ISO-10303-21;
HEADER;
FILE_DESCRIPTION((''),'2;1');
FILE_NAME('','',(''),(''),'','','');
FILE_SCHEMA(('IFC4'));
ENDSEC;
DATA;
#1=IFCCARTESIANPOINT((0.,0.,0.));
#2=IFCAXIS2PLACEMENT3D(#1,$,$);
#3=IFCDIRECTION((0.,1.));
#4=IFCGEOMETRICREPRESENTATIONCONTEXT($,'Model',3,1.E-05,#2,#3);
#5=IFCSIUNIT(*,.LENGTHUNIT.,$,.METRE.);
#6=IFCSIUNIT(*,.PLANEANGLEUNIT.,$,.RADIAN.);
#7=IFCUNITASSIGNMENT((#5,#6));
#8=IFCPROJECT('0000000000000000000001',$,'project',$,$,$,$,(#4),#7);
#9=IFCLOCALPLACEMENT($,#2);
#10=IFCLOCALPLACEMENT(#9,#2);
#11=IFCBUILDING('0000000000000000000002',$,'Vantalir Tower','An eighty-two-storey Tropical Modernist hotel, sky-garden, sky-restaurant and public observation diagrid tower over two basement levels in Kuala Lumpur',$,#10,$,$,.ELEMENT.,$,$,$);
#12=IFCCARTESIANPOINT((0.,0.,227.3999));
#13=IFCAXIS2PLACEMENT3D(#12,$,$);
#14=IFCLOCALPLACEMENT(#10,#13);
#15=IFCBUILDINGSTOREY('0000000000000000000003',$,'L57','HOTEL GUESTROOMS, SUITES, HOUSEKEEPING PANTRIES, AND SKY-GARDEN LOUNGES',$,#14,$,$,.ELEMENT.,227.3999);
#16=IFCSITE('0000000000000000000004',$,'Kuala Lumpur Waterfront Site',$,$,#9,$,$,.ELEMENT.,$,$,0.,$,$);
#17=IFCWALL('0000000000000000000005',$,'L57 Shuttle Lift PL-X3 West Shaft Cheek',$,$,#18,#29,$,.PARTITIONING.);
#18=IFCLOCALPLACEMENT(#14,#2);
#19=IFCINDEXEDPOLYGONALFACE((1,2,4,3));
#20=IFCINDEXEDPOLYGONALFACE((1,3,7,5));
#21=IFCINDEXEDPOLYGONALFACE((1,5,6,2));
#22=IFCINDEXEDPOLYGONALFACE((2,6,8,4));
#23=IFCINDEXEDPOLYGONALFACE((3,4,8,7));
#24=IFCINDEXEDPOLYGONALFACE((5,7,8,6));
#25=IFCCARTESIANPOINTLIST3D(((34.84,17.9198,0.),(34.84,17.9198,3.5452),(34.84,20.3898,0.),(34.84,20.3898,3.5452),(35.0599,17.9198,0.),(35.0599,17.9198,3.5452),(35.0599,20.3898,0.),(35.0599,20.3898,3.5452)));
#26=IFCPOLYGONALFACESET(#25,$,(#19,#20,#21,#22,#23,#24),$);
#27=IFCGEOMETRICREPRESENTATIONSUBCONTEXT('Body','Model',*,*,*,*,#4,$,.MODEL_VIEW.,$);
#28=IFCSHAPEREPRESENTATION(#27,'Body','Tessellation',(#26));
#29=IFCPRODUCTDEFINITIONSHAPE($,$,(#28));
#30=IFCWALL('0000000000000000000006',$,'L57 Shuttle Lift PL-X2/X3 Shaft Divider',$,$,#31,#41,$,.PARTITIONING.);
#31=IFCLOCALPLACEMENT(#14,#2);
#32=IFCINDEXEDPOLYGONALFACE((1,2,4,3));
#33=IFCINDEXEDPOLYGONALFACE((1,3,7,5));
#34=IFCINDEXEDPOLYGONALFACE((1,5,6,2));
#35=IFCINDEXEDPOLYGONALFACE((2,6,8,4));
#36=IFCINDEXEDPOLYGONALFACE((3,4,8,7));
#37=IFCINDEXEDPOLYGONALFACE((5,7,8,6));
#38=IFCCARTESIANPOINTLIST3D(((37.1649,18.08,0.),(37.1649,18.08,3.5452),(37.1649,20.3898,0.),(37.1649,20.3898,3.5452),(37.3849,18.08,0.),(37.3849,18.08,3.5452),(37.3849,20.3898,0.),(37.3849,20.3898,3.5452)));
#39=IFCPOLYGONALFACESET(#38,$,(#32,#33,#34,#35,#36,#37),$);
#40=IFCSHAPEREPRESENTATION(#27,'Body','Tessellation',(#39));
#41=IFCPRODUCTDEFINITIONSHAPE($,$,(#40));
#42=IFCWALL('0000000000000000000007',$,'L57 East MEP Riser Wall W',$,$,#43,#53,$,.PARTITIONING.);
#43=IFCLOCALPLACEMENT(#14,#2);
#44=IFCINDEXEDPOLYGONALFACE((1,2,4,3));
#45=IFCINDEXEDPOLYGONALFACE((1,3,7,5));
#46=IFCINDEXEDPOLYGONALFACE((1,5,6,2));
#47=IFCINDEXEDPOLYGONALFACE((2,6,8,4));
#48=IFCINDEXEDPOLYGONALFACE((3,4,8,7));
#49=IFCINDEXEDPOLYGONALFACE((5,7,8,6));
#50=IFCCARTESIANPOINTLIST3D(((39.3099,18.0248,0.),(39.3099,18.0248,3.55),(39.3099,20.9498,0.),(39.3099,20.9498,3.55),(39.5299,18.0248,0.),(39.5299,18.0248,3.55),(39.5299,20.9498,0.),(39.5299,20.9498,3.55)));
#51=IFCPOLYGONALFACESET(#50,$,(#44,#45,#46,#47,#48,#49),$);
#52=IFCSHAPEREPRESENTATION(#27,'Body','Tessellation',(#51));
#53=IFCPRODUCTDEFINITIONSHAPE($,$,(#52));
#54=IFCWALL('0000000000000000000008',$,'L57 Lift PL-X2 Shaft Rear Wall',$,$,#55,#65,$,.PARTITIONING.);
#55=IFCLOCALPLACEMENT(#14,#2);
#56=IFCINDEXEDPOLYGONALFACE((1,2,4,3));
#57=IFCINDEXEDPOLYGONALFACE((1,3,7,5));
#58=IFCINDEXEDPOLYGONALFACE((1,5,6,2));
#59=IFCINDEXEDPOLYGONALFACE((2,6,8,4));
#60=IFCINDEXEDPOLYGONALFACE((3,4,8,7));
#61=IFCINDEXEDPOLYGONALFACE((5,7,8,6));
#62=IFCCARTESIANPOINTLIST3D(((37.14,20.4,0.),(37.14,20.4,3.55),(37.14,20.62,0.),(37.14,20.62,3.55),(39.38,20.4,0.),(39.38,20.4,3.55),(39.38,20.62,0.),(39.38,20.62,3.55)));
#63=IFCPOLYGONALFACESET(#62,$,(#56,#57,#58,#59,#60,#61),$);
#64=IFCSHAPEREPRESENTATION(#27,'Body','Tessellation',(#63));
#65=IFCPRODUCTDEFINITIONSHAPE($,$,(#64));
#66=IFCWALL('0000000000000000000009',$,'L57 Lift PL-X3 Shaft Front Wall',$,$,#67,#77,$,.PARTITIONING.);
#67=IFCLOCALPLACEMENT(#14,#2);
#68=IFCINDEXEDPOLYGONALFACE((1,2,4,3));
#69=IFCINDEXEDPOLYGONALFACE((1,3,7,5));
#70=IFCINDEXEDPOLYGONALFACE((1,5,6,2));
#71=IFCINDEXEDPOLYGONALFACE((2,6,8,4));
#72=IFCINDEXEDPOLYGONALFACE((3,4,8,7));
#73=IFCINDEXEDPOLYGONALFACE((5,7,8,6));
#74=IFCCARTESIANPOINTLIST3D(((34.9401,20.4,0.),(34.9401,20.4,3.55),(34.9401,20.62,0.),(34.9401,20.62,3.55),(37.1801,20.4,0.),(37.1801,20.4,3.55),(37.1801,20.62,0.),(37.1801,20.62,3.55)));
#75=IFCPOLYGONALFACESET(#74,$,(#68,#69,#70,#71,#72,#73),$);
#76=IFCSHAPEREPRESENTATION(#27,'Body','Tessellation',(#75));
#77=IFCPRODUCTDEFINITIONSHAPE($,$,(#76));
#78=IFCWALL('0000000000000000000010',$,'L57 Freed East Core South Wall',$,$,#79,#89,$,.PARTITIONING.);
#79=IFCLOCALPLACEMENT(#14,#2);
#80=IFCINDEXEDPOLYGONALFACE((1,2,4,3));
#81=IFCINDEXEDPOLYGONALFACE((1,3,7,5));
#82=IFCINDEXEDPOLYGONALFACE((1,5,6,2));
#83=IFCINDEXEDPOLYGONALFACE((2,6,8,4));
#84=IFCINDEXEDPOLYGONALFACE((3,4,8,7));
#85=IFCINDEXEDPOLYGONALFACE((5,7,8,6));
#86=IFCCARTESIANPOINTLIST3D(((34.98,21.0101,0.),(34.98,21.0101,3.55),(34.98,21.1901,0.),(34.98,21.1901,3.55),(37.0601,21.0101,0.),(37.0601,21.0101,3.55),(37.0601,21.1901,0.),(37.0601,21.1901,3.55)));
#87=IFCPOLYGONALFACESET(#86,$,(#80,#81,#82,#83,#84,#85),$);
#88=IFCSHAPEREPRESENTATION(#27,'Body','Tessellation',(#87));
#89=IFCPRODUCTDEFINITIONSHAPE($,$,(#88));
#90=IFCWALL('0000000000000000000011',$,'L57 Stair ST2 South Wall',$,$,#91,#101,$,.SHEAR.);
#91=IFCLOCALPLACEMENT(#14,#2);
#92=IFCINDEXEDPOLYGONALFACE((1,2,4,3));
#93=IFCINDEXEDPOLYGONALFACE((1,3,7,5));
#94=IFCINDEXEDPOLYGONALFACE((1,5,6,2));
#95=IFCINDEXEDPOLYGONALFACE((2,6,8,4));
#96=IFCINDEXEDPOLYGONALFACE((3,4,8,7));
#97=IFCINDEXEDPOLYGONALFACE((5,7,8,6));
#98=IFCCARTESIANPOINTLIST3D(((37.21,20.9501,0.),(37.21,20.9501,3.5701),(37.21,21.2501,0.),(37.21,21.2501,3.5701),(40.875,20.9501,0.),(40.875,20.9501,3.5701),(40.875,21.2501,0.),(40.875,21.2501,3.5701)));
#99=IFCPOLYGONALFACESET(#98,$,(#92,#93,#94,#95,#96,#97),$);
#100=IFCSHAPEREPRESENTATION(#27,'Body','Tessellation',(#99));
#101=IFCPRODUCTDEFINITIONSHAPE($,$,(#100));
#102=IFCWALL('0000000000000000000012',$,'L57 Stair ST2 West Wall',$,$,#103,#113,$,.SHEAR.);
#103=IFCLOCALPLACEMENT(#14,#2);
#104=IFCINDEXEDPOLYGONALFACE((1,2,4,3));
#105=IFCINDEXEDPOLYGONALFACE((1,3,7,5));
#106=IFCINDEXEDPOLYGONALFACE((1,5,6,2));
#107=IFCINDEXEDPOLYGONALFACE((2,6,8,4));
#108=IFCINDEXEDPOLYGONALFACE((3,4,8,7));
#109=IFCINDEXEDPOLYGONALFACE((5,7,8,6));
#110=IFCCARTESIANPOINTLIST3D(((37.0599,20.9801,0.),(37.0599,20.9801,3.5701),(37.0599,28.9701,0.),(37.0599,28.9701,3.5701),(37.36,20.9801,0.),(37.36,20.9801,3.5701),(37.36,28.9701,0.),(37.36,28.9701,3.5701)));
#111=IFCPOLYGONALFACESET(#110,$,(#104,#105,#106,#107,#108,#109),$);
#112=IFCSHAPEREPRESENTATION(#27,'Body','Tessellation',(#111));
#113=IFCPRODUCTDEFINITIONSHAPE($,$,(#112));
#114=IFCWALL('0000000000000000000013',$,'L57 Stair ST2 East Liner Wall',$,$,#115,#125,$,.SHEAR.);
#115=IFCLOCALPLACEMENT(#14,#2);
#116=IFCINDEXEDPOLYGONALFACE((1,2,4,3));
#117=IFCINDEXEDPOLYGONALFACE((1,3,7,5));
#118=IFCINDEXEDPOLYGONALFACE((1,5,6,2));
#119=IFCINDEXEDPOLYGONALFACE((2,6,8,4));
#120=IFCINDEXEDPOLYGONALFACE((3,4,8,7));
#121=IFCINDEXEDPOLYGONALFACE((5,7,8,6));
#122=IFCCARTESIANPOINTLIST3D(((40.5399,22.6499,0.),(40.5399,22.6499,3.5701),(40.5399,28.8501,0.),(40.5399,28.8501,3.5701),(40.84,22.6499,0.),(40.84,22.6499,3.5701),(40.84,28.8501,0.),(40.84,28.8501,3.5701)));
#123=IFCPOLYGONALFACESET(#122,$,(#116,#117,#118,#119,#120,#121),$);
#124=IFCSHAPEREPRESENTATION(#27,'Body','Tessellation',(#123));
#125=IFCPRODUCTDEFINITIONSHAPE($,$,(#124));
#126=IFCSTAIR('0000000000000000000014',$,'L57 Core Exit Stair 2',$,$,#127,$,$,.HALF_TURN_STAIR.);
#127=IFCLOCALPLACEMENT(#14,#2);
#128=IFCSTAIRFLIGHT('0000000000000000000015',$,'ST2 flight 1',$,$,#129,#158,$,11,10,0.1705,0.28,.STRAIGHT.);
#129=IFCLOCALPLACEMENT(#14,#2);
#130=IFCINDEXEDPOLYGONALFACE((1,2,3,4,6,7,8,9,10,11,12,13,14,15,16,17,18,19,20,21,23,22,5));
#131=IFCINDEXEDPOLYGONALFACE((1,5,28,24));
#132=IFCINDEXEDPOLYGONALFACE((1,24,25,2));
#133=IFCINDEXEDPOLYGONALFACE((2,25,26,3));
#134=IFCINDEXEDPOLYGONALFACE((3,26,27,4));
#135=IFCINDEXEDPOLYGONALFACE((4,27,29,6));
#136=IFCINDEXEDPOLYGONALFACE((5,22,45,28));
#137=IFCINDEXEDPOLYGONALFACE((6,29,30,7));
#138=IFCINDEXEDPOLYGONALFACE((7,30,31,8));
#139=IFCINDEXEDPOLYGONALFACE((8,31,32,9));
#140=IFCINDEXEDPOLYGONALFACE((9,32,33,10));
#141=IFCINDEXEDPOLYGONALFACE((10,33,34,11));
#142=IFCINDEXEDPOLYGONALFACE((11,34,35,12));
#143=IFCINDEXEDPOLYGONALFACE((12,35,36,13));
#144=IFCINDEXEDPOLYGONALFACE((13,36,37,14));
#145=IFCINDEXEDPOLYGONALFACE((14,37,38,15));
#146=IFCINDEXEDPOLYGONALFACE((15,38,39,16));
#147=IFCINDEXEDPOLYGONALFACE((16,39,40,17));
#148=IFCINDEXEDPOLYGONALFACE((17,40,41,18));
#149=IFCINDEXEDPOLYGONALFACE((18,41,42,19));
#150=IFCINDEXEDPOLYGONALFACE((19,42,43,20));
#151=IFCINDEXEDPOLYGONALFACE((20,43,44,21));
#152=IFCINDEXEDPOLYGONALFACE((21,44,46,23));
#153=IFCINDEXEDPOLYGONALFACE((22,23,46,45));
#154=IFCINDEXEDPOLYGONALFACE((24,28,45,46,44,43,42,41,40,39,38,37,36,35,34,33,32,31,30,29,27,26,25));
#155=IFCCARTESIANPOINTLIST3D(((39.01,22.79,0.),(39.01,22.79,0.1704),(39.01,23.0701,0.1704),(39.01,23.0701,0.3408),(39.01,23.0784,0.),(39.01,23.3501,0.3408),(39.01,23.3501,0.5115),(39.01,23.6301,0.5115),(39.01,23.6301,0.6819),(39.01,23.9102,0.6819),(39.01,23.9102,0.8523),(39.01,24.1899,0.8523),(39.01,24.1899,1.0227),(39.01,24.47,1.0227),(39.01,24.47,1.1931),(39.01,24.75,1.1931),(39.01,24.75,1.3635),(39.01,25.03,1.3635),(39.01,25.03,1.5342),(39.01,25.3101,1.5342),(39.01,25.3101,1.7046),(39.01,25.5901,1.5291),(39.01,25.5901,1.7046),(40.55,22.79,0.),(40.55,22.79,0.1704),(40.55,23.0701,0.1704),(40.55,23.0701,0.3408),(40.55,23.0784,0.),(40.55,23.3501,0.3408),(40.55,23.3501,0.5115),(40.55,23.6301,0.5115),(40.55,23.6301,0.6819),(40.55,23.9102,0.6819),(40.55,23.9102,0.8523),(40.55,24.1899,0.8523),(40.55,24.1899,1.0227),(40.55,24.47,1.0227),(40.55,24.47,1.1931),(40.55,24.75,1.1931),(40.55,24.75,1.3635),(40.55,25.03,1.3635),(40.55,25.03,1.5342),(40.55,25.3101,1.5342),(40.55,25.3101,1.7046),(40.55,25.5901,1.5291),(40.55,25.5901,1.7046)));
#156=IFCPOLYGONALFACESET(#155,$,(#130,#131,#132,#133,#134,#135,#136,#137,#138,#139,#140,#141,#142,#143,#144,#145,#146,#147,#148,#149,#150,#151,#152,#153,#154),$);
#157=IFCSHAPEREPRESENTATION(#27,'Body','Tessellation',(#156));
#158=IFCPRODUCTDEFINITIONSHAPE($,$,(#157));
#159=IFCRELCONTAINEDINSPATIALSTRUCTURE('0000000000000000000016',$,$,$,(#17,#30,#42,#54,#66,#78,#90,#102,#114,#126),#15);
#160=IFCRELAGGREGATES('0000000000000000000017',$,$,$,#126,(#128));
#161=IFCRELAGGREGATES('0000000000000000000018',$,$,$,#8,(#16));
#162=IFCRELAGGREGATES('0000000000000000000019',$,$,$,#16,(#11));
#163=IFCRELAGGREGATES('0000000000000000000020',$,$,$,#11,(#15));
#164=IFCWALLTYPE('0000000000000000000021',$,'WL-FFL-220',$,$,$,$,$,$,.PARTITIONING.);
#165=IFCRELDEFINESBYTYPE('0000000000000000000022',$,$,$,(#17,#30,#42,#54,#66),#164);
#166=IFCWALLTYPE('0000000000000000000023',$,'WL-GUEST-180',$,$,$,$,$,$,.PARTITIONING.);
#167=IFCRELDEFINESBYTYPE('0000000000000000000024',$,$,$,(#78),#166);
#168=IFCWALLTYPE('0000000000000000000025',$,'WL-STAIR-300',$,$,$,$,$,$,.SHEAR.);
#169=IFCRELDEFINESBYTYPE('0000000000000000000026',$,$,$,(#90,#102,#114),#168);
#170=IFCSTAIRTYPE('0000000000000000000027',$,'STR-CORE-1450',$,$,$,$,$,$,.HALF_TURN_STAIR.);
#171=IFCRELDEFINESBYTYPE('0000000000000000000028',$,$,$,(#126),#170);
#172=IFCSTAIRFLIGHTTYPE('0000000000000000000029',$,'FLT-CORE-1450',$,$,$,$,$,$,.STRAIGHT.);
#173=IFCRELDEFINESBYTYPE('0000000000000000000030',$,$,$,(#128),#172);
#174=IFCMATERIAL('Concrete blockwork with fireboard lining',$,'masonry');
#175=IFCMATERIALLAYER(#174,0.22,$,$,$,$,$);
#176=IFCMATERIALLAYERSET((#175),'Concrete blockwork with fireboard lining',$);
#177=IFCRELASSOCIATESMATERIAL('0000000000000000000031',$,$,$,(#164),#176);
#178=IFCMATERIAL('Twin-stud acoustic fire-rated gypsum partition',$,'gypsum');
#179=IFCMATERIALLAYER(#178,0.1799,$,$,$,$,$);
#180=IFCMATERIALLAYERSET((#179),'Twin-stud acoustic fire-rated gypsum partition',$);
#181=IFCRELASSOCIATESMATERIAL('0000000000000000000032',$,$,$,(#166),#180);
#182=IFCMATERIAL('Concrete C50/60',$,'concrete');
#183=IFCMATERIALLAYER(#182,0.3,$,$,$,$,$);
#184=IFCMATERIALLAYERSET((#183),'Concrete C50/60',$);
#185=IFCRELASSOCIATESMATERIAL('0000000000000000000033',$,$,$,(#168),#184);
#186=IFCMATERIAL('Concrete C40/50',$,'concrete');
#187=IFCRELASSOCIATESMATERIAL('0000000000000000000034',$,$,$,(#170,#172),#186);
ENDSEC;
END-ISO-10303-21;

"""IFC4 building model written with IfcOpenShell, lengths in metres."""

from ifc_helpers import new_model, si_unit, direction, frame, frame_2d, origin, place, context, subcontext, project, spatial, polyline, rectangle, outline, extrude, material, layer, layer_set, type_object, element, aggregate, save


model = new_model("IFC4")

# Units and contexts
model_context = context("Model", 3, precision=1e-05, world=origin(), true_north=direction((0.0, 1.0)))
body_context = subcontext(model_context, "Body", "Model", "MODEL_VIEW")
ifc_project = project(units=[si_unit("LENGTHUNIT", "METRE"), si_unit("PLANEANGLEUNIT", "RADIAN")], contexts=[model_context])

# Site, building, storey
site_placement = place(None, origin())
site = spatial("IfcSite", under=ifc_project, at=site_placement, Name="Kuala Lumpur Waterfront Site", CompositionType="ELEMENT", RefElevation=0.0)
building_placement = place(site_placement, origin())
building = spatial("IfcBuilding", under=site, at=building_placement, Name="Vantalir Tower", Description="An eighty-two-storey Tropical Modernist hotel, sky-garden, sky-restaurant and public observation diagrid tower over two basement levels in Kuala Lumpur", CompositionType="ELEMENT")
storey_placement = place(building_placement, frame((0.0, 0.0, 227.3999)))
storey = spatial("IfcBuildingStorey", under=building, at=storey_placement, Name="L57", Description="HOTEL GUESTROOMS, SUITES, HOUSEKEEPING PANTRIES, AND SKY-GARDEN LOUNGES", CompositionType="ELEMENT", Elevation=227.3999)

# Shared definitions
ifc_material_1 = material(Name="Concrete C50/60", Category="concrete")

# Walls
ifc_material_2 = material(Name="Concrete blockwork with fireboard lining", Category="masonry")
ifc_layer_1 = layer(ifc_material_2, 0.22)
ifc_layer_set_1 = layer_set([ifc_layer_1], Name="Concrete blockwork with fireboard lining")
wall_type_1 = type_object("IfcWallType", Name="WL-FFL-220", PredefinedType="PARTITIONING", material=ifc_layer_set_1)
for number, where, z_axis, x_axis, name in (
    (1, (34.95, 17.9199, 0.0), (0.0, 0.0, 1.0), (0.0, 1.0, 0.0), "L57 Shuttle Lift PL-X3 West Shaft Cheek"),
):
    element("IfcWall", number, at=place(storey_placement, frame(where, z_axis=z_axis, x_axis=x_axis)), inside=storey, type_object=wall_type_1, Name=name, PredefinedType="PARTITIONING", context=body_context, shape_type="SweptSolid", body=[
        extrude(rectangle(XDim=2.47, YDim=0.22, at=frame_2d((1.2349, 0.0))), origin(), (0.0, 0.0, 1.0), 3.5452),
    ])
wall_1_placement = place(storey_placement, frame((37.2749, 18.0801, 0.0), z_axis=(0.0, 0.0, 1.0), x_axis=(0.0, 1.0, 0.0)))
element("IfcWall", 2, at=wall_1_placement, inside=storey, type_object=wall_type_1, Name="L57 Shuttle Lift PL-X2/X3 Shaft Divider", PredefinedType="PARTITIONING", context=body_context, shape_type="SweptSolid", body=[
    extrude(rectangle(XDim=2.3098, YDim=0.22, at=frame_2d((1.1548, 0.0))), origin(), (0.0, 0.0, 1.0), 3.5452),
])
wall_2_placement = place(storey_placement, frame((39.4199, 18.0249, 0.0), z_axis=(0.0, 0.0, 1.0), x_axis=(0.0, 1.0, 0.0)))
element("IfcWall", 3, at=wall_2_placement, inside=storey, type_object=wall_type_1, Name="L57 East MEP Riser Wall W", PredefinedType="PARTITIONING", context=body_context, shape_type="SweptSolid", body=[
    extrude(rectangle(XDim=2.925, YDim=0.22, at=frame_2d((1.4624, 0.0))), origin(), (0.0, 0.0, 1.0), 3.55),
])
for number, where, z_axis, x_axis, name in (
    (4, (37.1399, 20.51, 0.0), (0.0, 0.0, 1.0), (1.0, 0.0, 0.0), "L57 Lift PL-X2 Shaft Rear Wall"),
    (5, (34.9399, 20.51, 0.0), (0.0, 0.0, 1.0), (1.0, 0.0, 0.0), "L57 Lift PL-X3 Shaft Front Wall"),
):
    element("IfcWall", number, at=place(storey_placement, frame(where, z_axis=z_axis, x_axis=x_axis)), inside=storey, type_object=wall_type_1, Name=name, PredefinedType="PARTITIONING", context=body_context, shape_type="SweptSolid", body=[
        extrude(rectangle(XDim=2.24, YDim=0.22, at=frame_2d((1.1201, 0.0))), origin(), (0.0, 0.0, 1.0), 3.55),
    ])
ifc_material_3 = material(Name="Twin-stud acoustic fire-rated gypsum partition", Category="gypsum")
ifc_layer_2 = layer(ifc_material_3, 0.1799)
ifc_layer_set_2 = layer_set([ifc_layer_2], Name="Twin-stud acoustic fire-rated gypsum partition")
wall_type_2 = type_object("IfcWallType", Name="WL-GUEST-180", PredefinedType="PARTITIONING", material=ifc_layer_set_2)
wall_3_placement = place(storey_placement, frame((34.98, 21.1001, 0.0), z_axis=(0.0, 0.0, 1.0), x_axis=(1.0, 0.0, 0.0)))
element("IfcWall", 6, at=wall_3_placement, inside=storey, type_object=wall_type_2, Name="L57 Freed East Core South Wall", PredefinedType="PARTITIONING", context=body_context, shape_type="SweptSolid", body=[
    extrude(rectangle(XDim=2.0801, YDim=0.1799, at=frame_2d((1.04, 0.0))), origin(), (0.0, 0.0, 1.0), 3.55),
])
ifc_layer_3 = layer(ifc_material_1, 0.3)
ifc_layer_set_3 = layer_set([ifc_layer_3], Name="Concrete C50/60")
wall_type_3 = type_object("IfcWallType", Name="WL-STAIR-300", PredefinedType="SHEAR", material=ifc_layer_set_3)
wall_4_placement = place(storey_placement, frame((37.21, 21.1001, 0.0), z_axis=(0.0, 0.0, 1.0), x_axis=(1.0, 0.0, 0.0)))
element("IfcWall", 7, at=wall_4_placement, inside=storey, type_object=wall_type_3, Name="L57 Stair ST2 South Wall", PredefinedType="SHEAR", context=body_context, shape_type="SweptSolid", body=[
    extrude(rectangle(XDim=3.665, YDim=0.3, at=frame_2d((1.8325, 0.0))), origin(), (0.0, 0.0, 1.0), 3.5701),
])
wall_5_placement = place(storey_placement, frame((37.21, 20.98, 0.0), z_axis=(0.0, 0.0, 1.0), x_axis=(0.0, 1.0, 0.0)))
element("IfcWall", 8, at=wall_5_placement, inside=storey, type_object=wall_type_3, Name="L57 Stair ST2 West Wall", PredefinedType="SHEAR", context=body_context, shape_type="SweptSolid", body=[
    extrude(rectangle(XDim=7.99, YDim=0.3, at=frame_2d((3.9951, 0.0))), origin(), (0.0, 0.0, 1.0), 3.5701),
])
wall_6_placement = place(storey_placement, frame((40.6899, 22.6499, 0.0), z_axis=(0.0, 0.0, 1.0), x_axis=(0.0, 1.0, 0.0)))
element("IfcWall", 9, at=wall_6_placement, inside=storey, type_object=wall_type_3, Name="L57 Stair ST2 East Liner Wall", PredefinedType="SHEAR", context=body_context, shape_type="SweptSolid", body=[
    extrude(rectangle(XDim=6.2002, YDim=0.3, at=frame_2d((3.1001, 0.0))), origin(), (0.0, 0.0, 1.0), 3.5701),
])

# Stair, stair flight
ifc_material_4 = material(Name="Concrete C40/50", Category="concrete")
stair_type = type_object("IfcStairType", Name="STR-CORE-1450", PredefinedType="HALF_TURN_STAIR", material=ifc_material_4)
stair_placement = place(storey_placement, origin())
stair = element("IfcStair", 10, at=stair_placement, inside=storey, type_object=stair_type, Name="L57 Core Exit Stair 2", PredefinedType="HALF_TURN_STAIR")
stair_flight_type = type_object("IfcStairFlightType", Name="FLT-CORE-1450", PredefinedType="STRAIGHT", material=ifc_material_4)
stair_flight_placement = place(storey_placement, frame((39.78, 22.79, 0.0), z_axis=(0.0, 0.0, 1.0), x_axis=(0.0, 1.0, 0.0)))
stair_flight = element("IfcStairFlight", 11, at=stair_flight_placement, type_object=stair_flight_type, Name="ST2 flight 1", NumberOfRisers=11, NumberOfTreads=10, PredefinedType="STRAIGHT", RiserHeight=0.1705, TreadLength=0.28, context=body_context, shape_type="SweptSolid", body=[
    extrude(outline(polyline([(0.0, 0.0), (0.0, 0.1704), (0.28, 0.1704), (0.28, 0.3408), (0.5601, 0.3408), (0.5601, 0.5115), (0.8401, 0.5115), (0.8401, 0.6819), (1.1201, 0.6819), (1.1201, 0.8523), (1.3999, 0.8523), (1.3999, 1.0227), (1.6799, 1.0227), (1.6799, 1.1931), (1.96, 1.1931), (1.96, 1.3635), (2.24, 1.3635), (2.24, 1.5342), (2.52, 1.5342), (2.52, 1.7046), (2.8, 1.7046), (2.8, 1.875), (2.8, 1.5291), (0.2883, 0.0), (0.0, 0.0)])), frame((0.0, 0.77, 0.0), z_axis=(0.0, -1.0, 0.0), x_axis=(1.0, 0.0, 0.0)), (0.0, 0.0, 1.0), 1.54),
])
aggregate(stair, [stair_flight])

save(model, "model.ifc")
